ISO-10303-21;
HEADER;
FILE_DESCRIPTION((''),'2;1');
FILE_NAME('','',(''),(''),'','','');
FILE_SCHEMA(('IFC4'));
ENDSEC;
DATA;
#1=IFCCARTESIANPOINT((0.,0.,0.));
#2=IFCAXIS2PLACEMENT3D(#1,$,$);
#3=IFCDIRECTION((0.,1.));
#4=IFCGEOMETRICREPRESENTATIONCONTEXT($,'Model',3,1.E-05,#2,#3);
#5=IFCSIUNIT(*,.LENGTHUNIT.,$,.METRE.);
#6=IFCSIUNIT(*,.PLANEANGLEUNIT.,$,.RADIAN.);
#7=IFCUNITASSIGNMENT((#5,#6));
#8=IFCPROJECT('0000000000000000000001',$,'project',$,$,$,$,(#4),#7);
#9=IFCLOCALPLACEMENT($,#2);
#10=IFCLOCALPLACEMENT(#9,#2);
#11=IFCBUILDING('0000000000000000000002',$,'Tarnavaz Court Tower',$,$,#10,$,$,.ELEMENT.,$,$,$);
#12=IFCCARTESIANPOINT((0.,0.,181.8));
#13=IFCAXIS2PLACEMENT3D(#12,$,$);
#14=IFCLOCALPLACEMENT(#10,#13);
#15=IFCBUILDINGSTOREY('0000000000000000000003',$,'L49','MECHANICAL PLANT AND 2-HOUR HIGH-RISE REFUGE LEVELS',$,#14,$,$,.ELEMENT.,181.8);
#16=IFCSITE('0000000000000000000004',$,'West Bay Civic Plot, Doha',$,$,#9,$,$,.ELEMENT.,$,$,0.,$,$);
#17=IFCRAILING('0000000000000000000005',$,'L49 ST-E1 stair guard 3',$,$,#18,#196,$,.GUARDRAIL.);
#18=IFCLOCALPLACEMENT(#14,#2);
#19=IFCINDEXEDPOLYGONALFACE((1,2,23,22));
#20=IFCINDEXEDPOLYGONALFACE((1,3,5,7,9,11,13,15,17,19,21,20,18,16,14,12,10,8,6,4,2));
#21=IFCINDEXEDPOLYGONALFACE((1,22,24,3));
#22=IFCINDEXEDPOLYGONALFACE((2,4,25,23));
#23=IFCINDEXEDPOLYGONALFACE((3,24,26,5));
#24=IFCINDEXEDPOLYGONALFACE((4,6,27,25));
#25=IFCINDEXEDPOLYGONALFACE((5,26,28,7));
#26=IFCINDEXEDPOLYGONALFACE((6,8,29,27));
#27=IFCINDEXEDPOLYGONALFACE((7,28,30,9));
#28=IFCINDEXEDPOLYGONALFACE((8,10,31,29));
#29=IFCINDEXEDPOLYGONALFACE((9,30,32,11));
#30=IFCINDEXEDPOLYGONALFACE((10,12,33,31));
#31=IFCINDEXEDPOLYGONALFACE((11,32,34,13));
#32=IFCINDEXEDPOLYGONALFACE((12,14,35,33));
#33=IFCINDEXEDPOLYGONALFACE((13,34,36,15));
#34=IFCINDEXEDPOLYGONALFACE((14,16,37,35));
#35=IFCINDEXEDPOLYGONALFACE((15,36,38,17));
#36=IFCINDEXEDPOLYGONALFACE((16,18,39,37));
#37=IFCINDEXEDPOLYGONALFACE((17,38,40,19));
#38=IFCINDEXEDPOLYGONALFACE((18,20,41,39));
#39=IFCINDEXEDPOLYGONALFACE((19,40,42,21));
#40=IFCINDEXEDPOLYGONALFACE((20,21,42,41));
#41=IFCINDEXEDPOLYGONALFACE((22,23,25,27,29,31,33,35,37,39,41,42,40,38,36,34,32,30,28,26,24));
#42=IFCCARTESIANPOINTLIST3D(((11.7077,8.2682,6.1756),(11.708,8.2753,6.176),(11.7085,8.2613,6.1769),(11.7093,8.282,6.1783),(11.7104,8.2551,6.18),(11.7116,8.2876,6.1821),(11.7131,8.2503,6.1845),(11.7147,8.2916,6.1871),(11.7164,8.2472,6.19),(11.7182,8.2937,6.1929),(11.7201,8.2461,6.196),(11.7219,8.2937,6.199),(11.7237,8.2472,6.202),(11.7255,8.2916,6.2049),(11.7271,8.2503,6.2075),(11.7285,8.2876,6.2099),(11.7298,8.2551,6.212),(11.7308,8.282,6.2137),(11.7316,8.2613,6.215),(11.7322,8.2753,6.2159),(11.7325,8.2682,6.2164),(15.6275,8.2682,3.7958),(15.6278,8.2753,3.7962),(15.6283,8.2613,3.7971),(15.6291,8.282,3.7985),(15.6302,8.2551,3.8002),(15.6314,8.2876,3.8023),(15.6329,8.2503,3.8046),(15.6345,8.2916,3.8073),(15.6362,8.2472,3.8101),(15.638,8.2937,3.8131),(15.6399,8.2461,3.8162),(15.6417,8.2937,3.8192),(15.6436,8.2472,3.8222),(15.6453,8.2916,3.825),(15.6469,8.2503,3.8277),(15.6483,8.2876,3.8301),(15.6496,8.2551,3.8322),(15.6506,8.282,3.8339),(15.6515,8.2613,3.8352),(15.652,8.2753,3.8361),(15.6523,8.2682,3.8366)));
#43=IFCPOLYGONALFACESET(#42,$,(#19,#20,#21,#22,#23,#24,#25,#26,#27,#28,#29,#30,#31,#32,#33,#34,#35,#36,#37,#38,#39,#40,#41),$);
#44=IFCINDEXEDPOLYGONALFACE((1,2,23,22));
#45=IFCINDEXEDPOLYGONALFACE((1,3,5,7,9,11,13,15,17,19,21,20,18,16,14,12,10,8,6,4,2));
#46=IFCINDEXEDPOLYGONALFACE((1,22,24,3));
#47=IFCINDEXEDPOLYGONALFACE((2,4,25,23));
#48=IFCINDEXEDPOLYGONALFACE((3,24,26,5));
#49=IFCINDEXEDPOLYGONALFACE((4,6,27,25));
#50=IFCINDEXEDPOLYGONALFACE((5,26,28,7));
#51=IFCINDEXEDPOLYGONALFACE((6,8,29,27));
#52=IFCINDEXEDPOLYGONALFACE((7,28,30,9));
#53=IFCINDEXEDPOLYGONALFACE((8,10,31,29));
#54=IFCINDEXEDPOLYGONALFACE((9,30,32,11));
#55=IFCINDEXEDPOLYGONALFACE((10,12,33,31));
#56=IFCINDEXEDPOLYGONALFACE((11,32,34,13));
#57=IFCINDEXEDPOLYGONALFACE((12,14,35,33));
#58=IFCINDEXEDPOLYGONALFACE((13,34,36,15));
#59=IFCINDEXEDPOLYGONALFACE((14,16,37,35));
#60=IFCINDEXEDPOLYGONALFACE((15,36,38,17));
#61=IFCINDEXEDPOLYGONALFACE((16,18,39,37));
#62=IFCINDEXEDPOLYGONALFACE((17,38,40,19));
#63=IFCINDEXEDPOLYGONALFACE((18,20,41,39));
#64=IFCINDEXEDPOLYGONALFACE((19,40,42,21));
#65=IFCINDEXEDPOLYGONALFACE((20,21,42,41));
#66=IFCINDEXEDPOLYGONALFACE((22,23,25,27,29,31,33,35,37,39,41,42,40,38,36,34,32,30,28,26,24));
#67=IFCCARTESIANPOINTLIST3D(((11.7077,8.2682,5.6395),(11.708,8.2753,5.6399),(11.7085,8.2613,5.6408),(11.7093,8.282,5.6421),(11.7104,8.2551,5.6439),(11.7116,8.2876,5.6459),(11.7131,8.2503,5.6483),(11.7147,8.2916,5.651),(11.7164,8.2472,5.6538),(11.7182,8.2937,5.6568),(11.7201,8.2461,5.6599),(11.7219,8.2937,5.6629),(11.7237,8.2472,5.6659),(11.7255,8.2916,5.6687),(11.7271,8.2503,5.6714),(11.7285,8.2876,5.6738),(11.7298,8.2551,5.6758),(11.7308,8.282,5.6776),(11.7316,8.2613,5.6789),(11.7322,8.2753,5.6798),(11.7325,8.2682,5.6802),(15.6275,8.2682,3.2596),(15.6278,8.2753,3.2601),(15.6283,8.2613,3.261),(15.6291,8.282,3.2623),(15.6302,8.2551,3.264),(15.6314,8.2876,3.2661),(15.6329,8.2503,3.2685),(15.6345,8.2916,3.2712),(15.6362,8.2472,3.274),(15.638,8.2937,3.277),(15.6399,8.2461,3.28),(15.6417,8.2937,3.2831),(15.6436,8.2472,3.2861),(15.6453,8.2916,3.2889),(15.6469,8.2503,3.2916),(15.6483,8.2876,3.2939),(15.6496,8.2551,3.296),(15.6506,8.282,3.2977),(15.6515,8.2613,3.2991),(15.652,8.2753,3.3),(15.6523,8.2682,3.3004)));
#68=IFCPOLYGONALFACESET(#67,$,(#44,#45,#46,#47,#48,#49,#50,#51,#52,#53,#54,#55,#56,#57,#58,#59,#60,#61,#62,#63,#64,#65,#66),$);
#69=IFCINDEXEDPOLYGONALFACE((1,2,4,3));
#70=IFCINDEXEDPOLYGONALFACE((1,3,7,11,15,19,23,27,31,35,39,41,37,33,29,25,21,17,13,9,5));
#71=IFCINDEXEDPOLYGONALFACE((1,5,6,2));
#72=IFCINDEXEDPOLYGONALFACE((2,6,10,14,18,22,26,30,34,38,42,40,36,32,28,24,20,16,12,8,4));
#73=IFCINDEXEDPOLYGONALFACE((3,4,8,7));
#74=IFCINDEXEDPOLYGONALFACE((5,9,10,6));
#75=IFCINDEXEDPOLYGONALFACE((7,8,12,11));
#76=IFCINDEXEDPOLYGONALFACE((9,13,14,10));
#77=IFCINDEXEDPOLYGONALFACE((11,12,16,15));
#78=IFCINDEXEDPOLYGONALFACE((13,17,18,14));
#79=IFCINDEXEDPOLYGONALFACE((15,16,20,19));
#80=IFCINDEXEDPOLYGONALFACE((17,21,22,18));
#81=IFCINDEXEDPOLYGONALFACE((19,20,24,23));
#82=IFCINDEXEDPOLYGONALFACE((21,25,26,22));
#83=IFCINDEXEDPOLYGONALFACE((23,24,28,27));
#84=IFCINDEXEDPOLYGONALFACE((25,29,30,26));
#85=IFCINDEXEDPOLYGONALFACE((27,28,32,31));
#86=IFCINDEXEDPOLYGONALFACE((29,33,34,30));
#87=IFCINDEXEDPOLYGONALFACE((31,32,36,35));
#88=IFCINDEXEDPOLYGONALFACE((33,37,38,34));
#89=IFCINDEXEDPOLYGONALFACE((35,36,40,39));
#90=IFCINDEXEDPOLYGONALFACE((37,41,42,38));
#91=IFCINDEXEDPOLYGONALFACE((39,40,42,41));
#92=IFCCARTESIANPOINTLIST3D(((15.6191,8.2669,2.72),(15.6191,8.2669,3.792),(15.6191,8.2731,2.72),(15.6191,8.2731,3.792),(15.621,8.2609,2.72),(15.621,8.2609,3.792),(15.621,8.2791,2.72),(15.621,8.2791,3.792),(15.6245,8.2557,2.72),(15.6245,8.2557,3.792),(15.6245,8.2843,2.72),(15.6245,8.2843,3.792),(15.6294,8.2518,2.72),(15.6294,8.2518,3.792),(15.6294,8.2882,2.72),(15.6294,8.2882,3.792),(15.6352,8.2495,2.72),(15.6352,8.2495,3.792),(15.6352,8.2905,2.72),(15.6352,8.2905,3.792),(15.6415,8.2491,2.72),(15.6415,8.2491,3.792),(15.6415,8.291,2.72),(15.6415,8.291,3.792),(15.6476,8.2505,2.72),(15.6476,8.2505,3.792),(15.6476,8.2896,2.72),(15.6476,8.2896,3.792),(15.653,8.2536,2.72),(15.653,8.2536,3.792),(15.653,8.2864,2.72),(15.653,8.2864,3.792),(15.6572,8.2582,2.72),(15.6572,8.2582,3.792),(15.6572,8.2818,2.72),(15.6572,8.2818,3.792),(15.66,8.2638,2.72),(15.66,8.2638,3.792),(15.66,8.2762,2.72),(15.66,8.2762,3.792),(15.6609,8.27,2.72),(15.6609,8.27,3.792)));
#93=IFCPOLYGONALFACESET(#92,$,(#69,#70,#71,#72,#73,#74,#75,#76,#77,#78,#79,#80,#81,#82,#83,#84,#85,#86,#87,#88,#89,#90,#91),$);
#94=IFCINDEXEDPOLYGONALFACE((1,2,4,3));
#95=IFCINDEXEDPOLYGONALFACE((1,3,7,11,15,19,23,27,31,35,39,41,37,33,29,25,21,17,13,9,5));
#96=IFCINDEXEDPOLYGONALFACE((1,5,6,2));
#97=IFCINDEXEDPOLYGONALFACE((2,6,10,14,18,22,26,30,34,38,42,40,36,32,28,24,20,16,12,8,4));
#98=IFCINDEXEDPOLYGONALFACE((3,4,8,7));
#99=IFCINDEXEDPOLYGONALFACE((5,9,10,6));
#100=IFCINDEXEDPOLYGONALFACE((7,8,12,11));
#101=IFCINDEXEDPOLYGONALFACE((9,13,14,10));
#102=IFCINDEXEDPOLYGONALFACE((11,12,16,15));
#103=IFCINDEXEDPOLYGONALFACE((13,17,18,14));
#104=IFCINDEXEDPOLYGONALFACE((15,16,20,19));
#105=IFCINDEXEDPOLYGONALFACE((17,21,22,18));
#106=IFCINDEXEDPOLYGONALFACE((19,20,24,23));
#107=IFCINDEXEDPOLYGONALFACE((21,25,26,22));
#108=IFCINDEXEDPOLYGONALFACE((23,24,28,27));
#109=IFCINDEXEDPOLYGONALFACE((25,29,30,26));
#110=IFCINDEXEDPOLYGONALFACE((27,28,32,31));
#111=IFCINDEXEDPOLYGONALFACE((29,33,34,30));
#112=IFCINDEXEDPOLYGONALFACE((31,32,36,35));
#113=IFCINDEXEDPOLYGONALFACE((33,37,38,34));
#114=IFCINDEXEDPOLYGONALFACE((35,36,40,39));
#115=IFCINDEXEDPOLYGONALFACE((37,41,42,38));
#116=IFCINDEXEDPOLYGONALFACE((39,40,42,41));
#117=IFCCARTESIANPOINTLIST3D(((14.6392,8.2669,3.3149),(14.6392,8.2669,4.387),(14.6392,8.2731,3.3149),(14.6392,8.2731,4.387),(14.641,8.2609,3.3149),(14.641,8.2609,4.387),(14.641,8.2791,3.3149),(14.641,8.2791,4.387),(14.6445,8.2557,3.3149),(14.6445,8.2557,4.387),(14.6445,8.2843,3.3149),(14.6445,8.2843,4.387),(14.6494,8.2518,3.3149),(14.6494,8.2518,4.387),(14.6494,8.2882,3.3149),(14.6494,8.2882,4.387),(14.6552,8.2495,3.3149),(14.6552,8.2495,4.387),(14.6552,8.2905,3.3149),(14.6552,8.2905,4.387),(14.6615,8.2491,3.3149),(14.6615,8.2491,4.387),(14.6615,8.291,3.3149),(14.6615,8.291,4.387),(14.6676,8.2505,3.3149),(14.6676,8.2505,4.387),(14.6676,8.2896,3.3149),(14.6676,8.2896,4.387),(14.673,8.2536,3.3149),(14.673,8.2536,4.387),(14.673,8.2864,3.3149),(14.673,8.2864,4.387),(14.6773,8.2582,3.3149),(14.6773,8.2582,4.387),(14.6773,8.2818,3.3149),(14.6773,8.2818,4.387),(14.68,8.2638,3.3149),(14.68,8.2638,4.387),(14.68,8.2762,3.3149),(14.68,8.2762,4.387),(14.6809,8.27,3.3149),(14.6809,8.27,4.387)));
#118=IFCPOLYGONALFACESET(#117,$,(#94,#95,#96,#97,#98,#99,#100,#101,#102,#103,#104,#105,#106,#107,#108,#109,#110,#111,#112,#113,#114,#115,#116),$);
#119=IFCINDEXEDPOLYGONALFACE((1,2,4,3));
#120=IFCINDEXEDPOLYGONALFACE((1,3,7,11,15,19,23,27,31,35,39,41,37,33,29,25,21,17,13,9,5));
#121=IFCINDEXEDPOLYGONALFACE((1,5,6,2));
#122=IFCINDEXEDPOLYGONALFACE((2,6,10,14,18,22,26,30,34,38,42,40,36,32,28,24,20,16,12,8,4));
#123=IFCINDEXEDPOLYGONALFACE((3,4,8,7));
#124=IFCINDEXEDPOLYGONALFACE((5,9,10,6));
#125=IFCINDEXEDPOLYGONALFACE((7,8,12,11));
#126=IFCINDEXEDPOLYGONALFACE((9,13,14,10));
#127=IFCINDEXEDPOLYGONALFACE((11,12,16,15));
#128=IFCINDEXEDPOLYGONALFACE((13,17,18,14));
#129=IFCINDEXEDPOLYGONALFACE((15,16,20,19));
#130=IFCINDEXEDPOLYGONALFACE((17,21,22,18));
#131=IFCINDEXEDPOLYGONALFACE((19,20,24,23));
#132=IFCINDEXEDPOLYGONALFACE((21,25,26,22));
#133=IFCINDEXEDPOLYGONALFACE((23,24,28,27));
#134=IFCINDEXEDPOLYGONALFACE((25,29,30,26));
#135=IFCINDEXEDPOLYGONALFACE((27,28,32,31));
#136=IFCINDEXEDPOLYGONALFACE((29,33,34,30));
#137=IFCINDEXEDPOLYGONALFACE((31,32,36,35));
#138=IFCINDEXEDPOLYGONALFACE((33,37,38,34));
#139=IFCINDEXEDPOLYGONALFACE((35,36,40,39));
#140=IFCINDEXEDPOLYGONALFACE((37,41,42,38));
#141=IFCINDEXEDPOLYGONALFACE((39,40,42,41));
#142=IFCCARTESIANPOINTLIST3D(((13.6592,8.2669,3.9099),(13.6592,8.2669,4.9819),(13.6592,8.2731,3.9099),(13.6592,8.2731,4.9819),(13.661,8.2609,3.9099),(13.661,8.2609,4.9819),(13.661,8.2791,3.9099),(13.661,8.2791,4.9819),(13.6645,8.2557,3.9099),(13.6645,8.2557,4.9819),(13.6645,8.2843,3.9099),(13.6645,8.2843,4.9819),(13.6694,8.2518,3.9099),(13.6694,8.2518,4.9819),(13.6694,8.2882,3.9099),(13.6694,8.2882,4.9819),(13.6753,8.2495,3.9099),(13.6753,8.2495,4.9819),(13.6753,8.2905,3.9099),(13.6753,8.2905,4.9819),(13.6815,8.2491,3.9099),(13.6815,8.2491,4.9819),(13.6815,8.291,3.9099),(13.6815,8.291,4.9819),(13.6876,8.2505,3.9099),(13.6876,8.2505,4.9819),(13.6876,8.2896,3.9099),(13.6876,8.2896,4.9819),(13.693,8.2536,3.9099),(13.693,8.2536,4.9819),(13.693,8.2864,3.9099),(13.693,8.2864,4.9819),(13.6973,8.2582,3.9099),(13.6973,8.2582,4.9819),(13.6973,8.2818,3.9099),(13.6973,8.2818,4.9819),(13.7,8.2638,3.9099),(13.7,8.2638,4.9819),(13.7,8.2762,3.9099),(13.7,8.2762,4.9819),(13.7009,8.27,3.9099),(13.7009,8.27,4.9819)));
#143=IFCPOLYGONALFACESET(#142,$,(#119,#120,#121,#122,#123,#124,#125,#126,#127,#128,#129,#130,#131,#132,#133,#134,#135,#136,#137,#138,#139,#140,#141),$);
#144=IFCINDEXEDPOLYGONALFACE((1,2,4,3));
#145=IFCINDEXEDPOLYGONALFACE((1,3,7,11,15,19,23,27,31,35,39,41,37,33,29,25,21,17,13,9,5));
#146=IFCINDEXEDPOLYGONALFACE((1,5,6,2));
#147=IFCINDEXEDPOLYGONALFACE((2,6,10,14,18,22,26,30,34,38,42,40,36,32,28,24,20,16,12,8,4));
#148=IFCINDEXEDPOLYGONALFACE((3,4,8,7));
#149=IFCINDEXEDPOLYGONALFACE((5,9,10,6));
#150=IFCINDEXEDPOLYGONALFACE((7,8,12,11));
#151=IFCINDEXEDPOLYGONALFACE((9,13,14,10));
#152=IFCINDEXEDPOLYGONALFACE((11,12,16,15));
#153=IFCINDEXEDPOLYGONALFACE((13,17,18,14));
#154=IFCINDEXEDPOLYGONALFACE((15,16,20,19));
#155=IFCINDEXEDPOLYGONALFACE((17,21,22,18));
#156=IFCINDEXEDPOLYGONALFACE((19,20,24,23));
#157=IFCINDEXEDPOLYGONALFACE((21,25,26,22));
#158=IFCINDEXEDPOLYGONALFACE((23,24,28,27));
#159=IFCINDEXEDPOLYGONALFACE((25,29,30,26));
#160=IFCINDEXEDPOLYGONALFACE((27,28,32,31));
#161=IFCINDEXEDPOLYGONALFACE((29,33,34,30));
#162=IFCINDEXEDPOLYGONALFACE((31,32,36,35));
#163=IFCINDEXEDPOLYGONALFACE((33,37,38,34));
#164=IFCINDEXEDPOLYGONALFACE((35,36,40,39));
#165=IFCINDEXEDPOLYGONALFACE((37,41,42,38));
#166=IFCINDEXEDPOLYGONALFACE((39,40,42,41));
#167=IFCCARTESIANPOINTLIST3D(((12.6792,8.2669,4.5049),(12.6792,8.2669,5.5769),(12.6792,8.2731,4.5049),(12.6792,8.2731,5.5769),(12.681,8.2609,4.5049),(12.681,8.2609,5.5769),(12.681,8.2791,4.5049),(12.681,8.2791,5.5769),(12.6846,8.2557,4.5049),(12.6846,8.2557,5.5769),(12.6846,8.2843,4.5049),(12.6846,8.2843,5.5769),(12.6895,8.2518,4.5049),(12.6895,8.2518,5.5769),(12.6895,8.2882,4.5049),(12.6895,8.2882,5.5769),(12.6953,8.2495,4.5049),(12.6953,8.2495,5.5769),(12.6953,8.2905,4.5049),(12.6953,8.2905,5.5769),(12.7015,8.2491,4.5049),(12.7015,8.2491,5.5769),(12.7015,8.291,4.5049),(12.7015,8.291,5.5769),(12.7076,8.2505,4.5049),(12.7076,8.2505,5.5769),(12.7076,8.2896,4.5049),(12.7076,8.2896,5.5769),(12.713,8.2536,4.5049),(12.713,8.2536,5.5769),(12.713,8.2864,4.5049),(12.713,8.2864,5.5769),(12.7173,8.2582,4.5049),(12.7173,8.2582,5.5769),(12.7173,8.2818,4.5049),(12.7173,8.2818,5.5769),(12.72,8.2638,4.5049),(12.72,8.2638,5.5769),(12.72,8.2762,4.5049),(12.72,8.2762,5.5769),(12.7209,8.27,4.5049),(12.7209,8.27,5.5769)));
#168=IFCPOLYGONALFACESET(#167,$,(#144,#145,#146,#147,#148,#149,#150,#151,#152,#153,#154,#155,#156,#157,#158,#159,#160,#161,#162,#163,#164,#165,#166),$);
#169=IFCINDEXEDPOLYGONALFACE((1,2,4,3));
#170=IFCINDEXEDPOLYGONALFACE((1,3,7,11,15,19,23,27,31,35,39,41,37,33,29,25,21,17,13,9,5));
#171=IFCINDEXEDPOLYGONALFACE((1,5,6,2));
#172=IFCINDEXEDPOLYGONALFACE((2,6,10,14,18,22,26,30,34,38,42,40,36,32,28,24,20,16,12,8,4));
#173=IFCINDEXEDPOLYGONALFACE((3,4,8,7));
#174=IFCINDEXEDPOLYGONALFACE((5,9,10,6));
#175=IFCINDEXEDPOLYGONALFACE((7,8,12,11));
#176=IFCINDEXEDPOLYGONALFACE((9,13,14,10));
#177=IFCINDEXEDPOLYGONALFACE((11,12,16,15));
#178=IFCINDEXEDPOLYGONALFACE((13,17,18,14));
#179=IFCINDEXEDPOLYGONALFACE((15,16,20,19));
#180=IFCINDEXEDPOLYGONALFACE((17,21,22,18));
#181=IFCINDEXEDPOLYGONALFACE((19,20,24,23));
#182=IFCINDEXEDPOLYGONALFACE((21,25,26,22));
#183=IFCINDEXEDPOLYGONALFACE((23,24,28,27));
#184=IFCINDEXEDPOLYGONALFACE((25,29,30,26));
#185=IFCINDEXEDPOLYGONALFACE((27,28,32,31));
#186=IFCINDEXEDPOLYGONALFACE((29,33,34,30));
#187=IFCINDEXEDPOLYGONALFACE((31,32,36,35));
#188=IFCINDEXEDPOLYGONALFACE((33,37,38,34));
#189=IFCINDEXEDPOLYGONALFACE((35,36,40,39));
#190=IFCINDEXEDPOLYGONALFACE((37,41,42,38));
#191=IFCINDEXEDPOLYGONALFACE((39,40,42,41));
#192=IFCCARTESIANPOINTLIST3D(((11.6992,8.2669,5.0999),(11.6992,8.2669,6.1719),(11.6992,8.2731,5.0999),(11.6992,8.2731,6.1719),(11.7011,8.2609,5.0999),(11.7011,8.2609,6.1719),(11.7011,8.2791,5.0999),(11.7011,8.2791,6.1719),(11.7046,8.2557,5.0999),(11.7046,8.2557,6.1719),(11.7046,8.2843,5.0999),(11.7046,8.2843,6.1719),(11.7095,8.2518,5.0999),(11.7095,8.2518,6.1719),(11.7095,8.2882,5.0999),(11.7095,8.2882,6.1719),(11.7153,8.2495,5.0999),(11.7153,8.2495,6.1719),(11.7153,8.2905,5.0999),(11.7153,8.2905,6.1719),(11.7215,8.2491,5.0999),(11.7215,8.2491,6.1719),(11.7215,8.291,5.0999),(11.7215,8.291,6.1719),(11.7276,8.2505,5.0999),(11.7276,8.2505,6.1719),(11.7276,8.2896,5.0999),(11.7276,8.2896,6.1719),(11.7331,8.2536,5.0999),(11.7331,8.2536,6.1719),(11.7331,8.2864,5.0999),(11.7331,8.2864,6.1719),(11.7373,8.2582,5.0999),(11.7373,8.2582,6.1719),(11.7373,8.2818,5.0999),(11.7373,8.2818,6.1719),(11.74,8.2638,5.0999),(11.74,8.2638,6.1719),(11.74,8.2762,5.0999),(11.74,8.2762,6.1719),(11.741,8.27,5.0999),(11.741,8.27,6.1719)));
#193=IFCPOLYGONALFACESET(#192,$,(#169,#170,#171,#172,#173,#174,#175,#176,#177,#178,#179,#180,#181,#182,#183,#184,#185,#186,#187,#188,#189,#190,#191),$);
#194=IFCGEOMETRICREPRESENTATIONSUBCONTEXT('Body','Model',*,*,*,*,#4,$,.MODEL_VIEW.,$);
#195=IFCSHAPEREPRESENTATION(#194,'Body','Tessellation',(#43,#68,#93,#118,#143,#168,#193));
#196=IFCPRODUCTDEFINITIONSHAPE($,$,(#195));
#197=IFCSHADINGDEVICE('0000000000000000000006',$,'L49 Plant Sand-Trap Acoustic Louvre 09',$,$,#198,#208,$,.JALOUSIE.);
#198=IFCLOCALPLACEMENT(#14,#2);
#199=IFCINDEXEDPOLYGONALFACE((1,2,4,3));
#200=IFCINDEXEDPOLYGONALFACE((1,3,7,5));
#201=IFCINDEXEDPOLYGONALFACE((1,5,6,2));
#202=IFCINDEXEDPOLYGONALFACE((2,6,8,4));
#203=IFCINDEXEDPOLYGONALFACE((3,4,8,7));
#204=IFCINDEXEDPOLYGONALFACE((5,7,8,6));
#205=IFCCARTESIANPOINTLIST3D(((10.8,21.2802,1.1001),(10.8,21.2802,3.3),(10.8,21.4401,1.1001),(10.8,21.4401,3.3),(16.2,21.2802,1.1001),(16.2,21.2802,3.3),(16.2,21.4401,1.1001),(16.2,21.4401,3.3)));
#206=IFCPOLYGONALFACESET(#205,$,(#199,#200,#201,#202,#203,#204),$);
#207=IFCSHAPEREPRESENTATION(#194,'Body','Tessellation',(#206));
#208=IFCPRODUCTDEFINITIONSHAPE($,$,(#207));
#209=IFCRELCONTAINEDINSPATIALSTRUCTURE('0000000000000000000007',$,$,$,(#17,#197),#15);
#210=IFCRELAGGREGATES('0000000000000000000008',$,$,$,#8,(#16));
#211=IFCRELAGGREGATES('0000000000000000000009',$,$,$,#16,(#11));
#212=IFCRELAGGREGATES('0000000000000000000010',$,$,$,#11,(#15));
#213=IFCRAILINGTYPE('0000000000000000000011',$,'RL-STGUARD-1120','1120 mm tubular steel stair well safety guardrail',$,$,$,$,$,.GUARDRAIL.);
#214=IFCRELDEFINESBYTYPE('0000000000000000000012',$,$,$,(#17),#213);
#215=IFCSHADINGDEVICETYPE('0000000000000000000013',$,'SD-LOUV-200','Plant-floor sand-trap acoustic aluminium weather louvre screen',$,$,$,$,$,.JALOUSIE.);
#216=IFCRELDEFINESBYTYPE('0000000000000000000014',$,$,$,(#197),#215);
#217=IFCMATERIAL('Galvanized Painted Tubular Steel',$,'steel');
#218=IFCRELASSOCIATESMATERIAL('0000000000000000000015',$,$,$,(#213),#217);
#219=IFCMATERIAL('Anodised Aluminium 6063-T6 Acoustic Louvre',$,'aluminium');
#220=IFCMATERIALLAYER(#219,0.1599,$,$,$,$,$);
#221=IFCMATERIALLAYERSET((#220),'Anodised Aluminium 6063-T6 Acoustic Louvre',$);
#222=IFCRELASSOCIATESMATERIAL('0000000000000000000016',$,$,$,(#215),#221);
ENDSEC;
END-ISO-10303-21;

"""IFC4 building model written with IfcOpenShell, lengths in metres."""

from ifc_helpers import new_model, si_unit, direction, frame, origin, origin_2d, place, context, subcontext, project, spatial, rectangle, circle, extrude, material, layer, layer_set, type_object, element, save


model = new_model("IFC4")

# Units and contexts
model_context = context("Model", 3, precision=1e-05, world=origin(), true_north=direction((0.0, 1.0)))
body_context = subcontext(model_context, "Body", "Model", "MODEL_VIEW")
ifc_project = project(units=[si_unit("LENGTHUNIT", "METRE"), si_unit("PLANEANGLEUNIT", "RADIAN")], contexts=[model_context])

# Site, building, storey
site_placement = place(None, origin())
site = spatial("IfcSite", under=ifc_project, at=site_placement, Name="West Bay Civic Plot, Doha", CompositionType="ELEMENT", RefElevation=0.0)
building_placement = place(site_placement, origin())
building = spatial("IfcBuilding", under=site, at=building_placement, Name="Tarnavaz Court Tower", CompositionType="ELEMENT")
storey_placement = place(building_placement, frame((0.0, 0.0, 181.8)))
storey = spatial("IfcBuildingStorey", under=building, at=storey_placement, Name="L49", Description="MECHANICAL PLANT AND 2-HOUR HIGH-RISE REFUGE LEVELS", CompositionType="ELEMENT", Elevation=181.8)

# Railing
ifc_material_1 = material(Name="Galvanized Painted Tubular Steel", Category="steel")
railing_type_1 = type_object("IfcRailingType", Name="RL-STGUARD-1120", Description="1120 mm tubular steel stair well safety guardrail", PredefinedType="GUARDRAIL", material=ifc_material_1)
railing_1_placement = place(storey_placement, frame((15.6399, 8.27, 2.72)))
element("IfcRailing", 1, at=railing_1_placement, inside=storey, type_object=railing_type_1, Name="L49 ST-E1 stair guard 3", PredefinedType="GUARDRAIL", context=body_context, shape_type="SweptSolid", body=[
    extrude(circle(Radius=0.0239, at=origin_2d()), frame((0.0, 0.0, 1.0962), z_axis=(-0.854794, 0.0, 0.518967), x_axis=(0.0, -1.0, 0.0)), (0.0, 0.0, 1.0), 4.5857),
    extrude(circle(Radius=0.0239, at=origin_2d()), frame((0.0, 0.0, 0.5601), z_axis=(-0.854794, 0.0, 0.518967), x_axis=(0.0, -1.0, 0.0)), (0.0, 0.0, 1.0), 4.5857),
    extrude(circle(Radius=0.021, at=origin_2d()), origin(), (0.0, 0.0, 1.0), 1.072),
    extrude(circle(Radius=0.021, at=origin_2d()), frame((-0.98, 0.0, 0.595)), (0.0, 0.0, 1.0), 1.072),
    extrude(circle(Radius=0.021, at=origin_2d()), frame((-1.96, 0.0, 1.1899)), (0.0, 0.0, 1.0), 1.072),
    extrude(circle(Radius=0.021, at=origin_2d()), frame((-2.9399, 0.0, 1.7849)), (0.0, 0.0, 1.0), 1.072),
    extrude(circle(Radius=0.021, at=origin_2d()), frame((-3.9199, 0.0, 2.3799)), (0.0, 0.0, 1.0), 1.072),
])

# Shading device
ifc_material_2 = material(Name="Anodised Aluminium 6063-T6 Acoustic Louvre", Category="aluminium")
ifc_layer_1 = layer(ifc_material_2, 0.1599)
ifc_layer_set_1 = layer_set([ifc_layer_1], Name="Anodised Aluminium 6063-T6 Acoustic Louvre")
shading_device_type = type_object("IfcShadingDeviceType", Name="SD-LOUV-200", Description="Plant-floor sand-trap acoustic aluminium weather louvre screen", PredefinedType="JALOUSIE", material=ifc_layer_set_1)
shading_device_placement = place(storey_placement, frame((13.5, 21.3601, 1.1001), z_axis=(0.0, 0.0, 1.0), x_axis=(1.0, 0.0, 0.0)))
element("IfcShadingDevice", 2, at=shading_device_placement, inside=storey, type_object=shading_device_type, Name="L49 Plant Sand-Trap Acoustic Louvre 09", PredefinedType="JALOUSIE", context=body_context, shape_type="SweptSolid", body=[
    extrude(rectangle(XDim=5.3999, YDim=0.1599, at=origin_2d()), origin(), (0.0, 0.0, 1.0), 2.2),
])

save(model, "model.ifc")
